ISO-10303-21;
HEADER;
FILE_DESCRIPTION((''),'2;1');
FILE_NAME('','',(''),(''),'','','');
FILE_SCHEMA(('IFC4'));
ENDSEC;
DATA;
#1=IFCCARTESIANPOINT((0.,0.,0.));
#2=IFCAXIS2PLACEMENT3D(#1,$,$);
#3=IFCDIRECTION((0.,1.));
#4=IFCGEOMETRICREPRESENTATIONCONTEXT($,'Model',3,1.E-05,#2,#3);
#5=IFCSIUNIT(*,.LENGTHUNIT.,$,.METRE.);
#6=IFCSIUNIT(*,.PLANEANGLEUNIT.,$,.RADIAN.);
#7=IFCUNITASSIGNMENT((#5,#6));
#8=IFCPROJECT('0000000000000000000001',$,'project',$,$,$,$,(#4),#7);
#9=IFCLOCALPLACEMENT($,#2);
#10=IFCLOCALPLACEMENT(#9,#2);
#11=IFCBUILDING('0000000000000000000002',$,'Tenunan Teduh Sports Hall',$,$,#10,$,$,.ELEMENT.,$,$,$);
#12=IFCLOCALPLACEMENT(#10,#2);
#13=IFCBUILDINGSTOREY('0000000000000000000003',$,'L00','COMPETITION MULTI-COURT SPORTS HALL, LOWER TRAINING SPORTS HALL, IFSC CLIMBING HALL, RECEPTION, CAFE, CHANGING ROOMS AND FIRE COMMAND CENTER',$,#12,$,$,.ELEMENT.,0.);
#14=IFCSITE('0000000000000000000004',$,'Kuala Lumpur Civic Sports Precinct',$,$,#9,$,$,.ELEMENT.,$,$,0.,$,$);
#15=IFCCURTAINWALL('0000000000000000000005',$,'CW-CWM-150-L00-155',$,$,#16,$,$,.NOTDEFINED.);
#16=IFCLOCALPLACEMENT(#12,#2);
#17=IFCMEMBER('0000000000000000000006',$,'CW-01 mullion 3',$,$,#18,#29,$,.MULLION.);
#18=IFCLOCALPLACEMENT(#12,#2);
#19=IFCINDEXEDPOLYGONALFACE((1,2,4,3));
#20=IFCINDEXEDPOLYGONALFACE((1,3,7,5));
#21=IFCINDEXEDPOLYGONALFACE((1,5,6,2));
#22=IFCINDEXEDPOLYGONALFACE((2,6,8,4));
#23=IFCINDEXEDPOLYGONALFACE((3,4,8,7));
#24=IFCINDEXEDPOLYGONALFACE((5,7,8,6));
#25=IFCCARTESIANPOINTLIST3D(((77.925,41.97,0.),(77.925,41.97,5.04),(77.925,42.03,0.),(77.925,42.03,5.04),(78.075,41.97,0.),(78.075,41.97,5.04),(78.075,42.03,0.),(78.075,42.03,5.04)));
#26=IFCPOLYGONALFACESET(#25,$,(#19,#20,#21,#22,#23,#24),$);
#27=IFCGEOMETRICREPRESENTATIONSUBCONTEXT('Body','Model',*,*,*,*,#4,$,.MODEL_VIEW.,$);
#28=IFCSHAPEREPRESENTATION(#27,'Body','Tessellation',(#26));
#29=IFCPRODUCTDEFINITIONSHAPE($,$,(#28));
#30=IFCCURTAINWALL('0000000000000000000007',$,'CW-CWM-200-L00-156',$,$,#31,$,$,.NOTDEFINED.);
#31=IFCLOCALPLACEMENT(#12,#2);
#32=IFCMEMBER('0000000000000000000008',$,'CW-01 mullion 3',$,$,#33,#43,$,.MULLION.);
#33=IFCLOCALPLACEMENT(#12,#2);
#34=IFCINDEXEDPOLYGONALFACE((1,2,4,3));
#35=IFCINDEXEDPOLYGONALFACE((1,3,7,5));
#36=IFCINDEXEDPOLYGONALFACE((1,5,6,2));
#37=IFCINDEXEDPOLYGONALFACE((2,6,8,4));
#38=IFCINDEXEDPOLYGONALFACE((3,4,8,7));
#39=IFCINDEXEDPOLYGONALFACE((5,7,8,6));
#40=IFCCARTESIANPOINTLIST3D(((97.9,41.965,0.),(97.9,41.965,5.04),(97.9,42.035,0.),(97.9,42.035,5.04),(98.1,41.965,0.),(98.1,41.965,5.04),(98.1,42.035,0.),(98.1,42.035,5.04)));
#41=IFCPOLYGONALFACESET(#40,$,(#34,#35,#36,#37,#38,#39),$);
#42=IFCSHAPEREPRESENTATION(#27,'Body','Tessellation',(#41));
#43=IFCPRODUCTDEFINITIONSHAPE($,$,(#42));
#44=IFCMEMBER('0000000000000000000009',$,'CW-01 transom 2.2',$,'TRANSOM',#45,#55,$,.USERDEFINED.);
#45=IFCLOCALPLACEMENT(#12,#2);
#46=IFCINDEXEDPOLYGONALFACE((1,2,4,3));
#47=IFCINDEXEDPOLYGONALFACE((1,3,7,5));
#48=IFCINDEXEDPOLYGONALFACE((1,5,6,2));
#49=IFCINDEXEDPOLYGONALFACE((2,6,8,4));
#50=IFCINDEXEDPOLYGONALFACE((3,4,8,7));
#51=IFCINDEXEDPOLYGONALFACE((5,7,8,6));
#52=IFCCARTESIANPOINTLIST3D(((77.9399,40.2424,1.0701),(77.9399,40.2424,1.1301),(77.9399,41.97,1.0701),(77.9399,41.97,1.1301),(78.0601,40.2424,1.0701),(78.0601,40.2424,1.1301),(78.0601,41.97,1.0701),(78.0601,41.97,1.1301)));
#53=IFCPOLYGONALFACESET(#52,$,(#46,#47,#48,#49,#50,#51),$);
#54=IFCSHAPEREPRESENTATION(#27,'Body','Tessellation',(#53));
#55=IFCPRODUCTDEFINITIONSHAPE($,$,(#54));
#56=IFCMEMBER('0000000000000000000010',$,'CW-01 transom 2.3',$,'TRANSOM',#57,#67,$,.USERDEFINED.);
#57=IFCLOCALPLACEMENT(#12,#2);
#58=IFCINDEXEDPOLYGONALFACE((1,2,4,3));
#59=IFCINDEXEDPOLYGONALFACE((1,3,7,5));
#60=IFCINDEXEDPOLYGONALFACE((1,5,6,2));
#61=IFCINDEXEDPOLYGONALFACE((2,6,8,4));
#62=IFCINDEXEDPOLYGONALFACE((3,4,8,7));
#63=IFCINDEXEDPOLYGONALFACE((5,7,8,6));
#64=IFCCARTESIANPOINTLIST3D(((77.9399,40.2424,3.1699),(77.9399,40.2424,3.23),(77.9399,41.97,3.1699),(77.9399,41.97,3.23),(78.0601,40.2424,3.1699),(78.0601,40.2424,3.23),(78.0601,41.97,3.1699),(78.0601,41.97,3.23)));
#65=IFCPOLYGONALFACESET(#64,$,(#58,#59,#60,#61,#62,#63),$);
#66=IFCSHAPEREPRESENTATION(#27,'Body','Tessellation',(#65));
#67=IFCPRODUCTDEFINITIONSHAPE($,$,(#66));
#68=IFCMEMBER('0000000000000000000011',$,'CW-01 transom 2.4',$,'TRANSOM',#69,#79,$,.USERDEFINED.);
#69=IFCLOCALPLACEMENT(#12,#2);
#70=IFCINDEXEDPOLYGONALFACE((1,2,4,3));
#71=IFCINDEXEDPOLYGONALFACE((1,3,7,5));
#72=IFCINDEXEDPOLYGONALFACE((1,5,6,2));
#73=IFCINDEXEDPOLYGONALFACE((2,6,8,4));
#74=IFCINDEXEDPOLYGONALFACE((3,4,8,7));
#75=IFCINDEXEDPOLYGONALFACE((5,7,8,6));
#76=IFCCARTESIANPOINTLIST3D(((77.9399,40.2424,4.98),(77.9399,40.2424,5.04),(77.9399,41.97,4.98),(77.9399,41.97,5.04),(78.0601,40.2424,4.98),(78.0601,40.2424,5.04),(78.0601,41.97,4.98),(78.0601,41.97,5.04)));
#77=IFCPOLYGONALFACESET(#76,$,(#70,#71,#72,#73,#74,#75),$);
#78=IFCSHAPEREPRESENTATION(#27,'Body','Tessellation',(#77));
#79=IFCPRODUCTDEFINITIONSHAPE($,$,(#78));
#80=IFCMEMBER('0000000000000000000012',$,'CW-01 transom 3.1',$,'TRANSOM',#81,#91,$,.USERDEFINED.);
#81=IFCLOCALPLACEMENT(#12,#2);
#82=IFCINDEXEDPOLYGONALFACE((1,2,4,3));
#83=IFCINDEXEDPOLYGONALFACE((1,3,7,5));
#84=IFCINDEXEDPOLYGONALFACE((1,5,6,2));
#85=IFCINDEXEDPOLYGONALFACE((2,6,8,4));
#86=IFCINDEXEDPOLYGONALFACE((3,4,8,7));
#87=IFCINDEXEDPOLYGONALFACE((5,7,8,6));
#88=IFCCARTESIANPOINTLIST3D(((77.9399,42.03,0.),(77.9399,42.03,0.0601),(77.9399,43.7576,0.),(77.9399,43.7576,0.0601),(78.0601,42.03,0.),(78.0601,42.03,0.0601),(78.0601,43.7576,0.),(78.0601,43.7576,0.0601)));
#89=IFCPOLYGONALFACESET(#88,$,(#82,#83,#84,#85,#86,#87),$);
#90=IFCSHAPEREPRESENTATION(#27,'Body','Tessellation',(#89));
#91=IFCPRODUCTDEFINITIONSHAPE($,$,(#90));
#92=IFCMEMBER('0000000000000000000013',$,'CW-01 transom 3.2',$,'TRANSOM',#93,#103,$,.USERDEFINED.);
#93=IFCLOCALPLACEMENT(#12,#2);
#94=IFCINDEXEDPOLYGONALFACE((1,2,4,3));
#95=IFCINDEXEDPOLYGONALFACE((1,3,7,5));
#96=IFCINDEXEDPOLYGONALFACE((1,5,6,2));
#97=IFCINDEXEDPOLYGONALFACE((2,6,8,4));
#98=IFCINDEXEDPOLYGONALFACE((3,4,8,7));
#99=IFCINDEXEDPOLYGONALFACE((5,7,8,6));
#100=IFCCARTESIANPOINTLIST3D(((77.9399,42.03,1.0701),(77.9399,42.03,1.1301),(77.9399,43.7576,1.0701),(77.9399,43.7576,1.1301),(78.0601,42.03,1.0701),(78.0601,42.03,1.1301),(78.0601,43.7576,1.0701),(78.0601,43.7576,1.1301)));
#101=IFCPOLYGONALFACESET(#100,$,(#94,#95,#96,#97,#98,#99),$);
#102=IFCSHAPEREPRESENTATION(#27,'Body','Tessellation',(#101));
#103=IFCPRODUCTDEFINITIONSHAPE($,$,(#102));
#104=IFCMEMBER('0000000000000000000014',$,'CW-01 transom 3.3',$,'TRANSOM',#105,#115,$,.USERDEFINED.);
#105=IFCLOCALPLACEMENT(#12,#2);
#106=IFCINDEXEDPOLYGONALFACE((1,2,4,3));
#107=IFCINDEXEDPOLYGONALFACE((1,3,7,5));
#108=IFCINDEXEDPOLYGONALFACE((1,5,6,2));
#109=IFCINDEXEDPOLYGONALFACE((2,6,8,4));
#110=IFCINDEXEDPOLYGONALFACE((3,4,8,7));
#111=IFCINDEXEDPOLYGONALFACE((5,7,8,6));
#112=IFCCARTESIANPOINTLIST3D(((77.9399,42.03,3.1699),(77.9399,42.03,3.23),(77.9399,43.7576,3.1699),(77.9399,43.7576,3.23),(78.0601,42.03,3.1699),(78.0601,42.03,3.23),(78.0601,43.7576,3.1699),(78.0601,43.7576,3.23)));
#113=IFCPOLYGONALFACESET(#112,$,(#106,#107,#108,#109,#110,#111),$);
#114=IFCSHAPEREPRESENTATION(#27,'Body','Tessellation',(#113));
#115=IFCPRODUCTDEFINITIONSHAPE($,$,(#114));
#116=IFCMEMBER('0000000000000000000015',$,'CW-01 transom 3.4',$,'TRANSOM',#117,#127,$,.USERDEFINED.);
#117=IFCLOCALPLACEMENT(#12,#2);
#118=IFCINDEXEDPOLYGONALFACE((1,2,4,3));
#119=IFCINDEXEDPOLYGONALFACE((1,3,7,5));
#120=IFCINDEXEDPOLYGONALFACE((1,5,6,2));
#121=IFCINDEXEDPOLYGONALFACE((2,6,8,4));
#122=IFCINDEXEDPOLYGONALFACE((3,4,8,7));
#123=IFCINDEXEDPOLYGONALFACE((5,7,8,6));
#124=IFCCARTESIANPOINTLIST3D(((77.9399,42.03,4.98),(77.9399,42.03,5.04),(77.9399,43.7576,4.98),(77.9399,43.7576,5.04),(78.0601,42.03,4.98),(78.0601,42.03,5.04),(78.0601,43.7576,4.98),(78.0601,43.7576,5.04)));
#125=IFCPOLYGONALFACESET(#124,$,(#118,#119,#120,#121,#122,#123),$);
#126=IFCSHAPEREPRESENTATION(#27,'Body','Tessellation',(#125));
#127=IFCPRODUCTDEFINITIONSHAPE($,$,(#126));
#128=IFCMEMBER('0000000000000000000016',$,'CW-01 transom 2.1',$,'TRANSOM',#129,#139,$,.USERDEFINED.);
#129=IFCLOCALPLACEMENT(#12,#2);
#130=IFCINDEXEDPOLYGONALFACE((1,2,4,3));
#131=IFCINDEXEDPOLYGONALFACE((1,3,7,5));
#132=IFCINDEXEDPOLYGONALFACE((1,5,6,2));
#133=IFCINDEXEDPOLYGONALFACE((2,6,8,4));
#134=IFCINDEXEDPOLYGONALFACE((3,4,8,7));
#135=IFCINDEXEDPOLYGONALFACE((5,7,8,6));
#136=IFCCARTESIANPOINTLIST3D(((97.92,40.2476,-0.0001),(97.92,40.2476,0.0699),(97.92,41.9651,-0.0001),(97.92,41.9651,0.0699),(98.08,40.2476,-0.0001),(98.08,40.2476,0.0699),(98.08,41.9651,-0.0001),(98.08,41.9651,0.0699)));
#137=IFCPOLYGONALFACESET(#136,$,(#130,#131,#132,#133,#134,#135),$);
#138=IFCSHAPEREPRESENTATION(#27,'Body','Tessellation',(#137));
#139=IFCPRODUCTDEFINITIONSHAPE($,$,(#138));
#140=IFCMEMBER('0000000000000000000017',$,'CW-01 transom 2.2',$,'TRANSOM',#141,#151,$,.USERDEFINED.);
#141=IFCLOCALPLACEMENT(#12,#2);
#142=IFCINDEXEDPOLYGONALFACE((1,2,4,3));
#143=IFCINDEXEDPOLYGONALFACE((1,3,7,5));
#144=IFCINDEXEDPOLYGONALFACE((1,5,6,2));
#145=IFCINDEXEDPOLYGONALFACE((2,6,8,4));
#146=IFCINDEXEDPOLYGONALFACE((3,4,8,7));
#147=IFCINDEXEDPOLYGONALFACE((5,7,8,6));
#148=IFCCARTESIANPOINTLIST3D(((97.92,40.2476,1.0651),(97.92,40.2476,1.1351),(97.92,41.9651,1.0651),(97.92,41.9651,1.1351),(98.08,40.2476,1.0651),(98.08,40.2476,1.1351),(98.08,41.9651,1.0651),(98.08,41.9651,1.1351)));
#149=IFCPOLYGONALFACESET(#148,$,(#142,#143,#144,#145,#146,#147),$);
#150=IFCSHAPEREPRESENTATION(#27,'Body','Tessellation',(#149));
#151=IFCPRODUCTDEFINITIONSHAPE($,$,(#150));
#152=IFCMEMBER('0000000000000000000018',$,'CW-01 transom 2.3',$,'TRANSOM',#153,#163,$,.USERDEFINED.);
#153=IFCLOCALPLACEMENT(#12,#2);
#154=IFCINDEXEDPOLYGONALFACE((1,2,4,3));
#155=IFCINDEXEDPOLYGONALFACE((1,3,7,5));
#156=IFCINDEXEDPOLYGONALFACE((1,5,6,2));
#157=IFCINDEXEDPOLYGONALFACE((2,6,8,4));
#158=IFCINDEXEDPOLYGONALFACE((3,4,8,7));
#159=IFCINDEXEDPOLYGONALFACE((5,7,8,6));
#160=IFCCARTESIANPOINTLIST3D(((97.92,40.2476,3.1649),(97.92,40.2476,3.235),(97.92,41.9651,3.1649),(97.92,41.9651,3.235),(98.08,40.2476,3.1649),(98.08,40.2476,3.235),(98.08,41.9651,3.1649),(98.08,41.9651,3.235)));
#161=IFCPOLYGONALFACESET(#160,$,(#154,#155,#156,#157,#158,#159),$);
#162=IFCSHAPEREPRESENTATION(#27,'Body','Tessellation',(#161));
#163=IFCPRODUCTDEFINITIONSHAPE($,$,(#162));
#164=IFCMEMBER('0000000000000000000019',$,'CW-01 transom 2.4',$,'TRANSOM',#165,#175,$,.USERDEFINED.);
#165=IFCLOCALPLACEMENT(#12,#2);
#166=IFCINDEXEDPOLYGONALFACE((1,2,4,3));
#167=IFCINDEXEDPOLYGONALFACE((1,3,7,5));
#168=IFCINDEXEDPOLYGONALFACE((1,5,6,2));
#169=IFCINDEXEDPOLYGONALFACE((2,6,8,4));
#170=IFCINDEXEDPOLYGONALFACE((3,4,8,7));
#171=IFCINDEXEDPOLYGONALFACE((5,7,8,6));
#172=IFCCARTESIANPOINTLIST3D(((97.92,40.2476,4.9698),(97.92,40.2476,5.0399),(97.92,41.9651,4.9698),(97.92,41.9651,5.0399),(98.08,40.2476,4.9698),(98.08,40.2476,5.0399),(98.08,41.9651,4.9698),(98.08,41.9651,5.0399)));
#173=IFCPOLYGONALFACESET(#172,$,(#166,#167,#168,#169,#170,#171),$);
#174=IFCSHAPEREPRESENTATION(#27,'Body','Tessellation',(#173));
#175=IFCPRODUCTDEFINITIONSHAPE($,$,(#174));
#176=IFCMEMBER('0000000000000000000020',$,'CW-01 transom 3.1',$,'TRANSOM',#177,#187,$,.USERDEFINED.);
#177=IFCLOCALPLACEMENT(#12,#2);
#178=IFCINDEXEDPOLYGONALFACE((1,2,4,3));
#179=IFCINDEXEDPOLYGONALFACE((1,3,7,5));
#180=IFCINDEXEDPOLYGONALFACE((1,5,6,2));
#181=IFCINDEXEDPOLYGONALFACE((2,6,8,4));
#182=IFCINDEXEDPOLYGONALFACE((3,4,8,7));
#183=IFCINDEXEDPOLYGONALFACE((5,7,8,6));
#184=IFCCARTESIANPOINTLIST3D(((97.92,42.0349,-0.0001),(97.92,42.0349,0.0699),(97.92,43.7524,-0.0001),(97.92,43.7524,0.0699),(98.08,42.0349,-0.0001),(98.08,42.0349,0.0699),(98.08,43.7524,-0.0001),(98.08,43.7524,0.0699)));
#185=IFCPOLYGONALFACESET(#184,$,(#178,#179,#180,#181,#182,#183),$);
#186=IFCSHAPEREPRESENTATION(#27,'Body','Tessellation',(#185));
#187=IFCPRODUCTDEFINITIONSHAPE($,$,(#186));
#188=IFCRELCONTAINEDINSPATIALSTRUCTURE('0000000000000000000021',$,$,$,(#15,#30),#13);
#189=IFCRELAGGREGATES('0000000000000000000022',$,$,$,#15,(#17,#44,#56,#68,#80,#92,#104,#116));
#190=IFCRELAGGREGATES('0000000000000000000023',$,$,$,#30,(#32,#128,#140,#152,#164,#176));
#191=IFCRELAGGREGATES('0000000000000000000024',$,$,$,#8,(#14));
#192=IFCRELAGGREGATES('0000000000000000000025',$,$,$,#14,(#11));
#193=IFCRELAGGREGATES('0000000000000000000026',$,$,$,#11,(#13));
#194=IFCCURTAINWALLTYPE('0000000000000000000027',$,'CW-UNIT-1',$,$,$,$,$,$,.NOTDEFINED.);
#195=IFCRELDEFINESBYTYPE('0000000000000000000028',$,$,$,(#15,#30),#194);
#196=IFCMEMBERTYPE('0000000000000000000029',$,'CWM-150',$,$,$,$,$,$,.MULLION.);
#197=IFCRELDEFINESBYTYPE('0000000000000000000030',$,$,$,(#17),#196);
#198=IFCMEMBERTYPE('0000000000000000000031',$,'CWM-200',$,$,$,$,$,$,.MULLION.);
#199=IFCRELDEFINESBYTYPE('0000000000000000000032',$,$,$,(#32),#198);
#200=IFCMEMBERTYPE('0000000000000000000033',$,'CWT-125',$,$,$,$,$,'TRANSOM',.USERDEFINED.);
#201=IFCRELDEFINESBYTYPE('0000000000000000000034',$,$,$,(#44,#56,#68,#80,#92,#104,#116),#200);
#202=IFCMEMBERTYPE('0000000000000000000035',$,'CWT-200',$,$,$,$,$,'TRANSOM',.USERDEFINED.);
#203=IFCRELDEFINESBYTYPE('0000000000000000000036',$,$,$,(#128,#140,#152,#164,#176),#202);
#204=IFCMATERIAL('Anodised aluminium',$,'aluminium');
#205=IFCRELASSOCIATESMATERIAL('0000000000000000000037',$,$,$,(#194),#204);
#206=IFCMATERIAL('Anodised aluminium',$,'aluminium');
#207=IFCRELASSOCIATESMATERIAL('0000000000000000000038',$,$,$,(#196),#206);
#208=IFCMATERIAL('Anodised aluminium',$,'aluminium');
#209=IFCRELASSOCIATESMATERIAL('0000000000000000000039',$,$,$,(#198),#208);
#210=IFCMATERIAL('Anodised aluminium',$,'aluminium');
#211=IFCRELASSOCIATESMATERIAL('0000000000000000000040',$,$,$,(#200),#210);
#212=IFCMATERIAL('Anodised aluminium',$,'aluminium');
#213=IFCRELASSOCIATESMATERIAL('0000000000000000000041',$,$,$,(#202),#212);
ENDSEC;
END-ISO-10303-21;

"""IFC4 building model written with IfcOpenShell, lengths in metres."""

from ifc_helpers import new_model, si_unit, direction, frame, origin, origin_2d, place, context, subcontext, project, spatial, rectangle, extrude, material, material_profile, profile_set, type_object, element, aggregate, save


model = new_model("IFC4")

# Units and contexts
model_context = context("Model", 3, precision=1e-05, world=origin(), true_north=direction((0.0, 1.0)))
body_context = subcontext(model_context, "Body", "Model", "MODEL_VIEW")
ifc_project = project(units=[si_unit("LENGTHUNIT", "METRE"), si_unit("PLANEANGLEUNIT", "RADIAN")], contexts=[model_context])

# Site, building, storey
site_placement = place(None, origin())
site = spatial("IfcSite", under=ifc_project, at=site_placement, Name="Kuala Lumpur Civic Sports Precinct", CompositionType="ELEMENT", RefElevation=0.0)
building_placement = place(site_placement, origin())
building = spatial("IfcBuilding", under=site, at=building_placement, Name="Tenunan Teduh Sports Hall", CompositionType="ELEMENT")
storey_placement = place(building_placement, origin())
storey = spatial("IfcBuildingStorey", under=building, at=storey_placement, Name="L00", Description="COMPETITION MULTI-COURT SPORTS HALL, LOWER TRAINING SPORTS HALL, IFSC CLIMBING HALL, RECEPTION, CAFE, CHANGING ROOMS AND FIRE COMMAND CENTER", CompositionType="ELEMENT", Elevation=0.0)

# Curtain walls, members
ifc_material_1 = material(Name="Anodised aluminium", Category="aluminium")
curtain_wall_type = type_object("IfcCurtainWallType", Name="CW-UNIT-1", PredefinedType="NOTDEFINED", material=ifc_material_1)
curtain_wall_1_placement = place(storey_placement, origin())
curtain_wall_1 = element("IfcCurtainWall", 1, at=curtain_wall_1_placement, inside=storey, type_object=curtain_wall_type, Name="CW-CWM-150-L00-155", PredefinedType="NOTDEFINED")
ifc_material_2 = material(Name="Anodised aluminium", Category="aluminium")
ifc_material_profile_1 = material_profile(ifc_material_2, rectangle(XDim=0.0601, YDim=0.1499, at=origin_2d()), Name="CWM 60x150")
ifc_profile_set_1 = profile_set([ifc_material_profile_1], Name="Anodised aluminium")
member_type_1 = type_object("IfcMemberType", Name="CWM-150", PredefinedType="MULLION", material=ifc_profile_set_1)
member_1_placement = place(storey_placement, frame((78.0, 42.0, 0.0), z_axis=(0.0, 0.0, 1.0), x_axis=(0.0, 1.0, 0.0)))
member_1 = element("IfcMember", 2, at=member_1_placement, type_object=member_type_1, Name="CW-01 mullion 3", PredefinedType="MULLION", context=body_context, shape_type="SweptSolid", body=[
    extrude(rectangle(XDim=0.0601, YDim=0.1499, at=origin_2d()), origin(), (0.0, 0.0, 1.0), 5.04),
])
curtain_wall_2_placement = place(storey_placement, origin())
curtain_wall_2 = element("IfcCurtainWall", 3, at=curtain_wall_2_placement, inside=storey, type_object=curtain_wall_type, Name="CW-CWM-200-L00-156", PredefinedType="NOTDEFINED")
ifc_material_3 = material(Name="Anodised aluminium", Category="aluminium")
ifc_material_profile_2 = material_profile(ifc_material_3, rectangle(XDim=0.0701, YDim=0.2, at=origin_2d()), Name="CWM 70x200")
ifc_profile_set_2 = profile_set([ifc_material_profile_2], Name="Anodised aluminium")
member_type_2 = type_object("IfcMemberType", Name="CWM-200", PredefinedType="MULLION", material=ifc_profile_set_2)
member_2_placement = place(storey_placement, frame((98.0, 42.0, 0.0), z_axis=(0.0, 0.0, 1.0), x_axis=(0.0, 1.0, 0.0)))
member_2 = element("IfcMember", 4, at=member_2_placement, type_object=member_type_2, Name="CW-01 mullion 3", PredefinedType="MULLION", context=body_context, shape_type="SweptSolid", body=[
    extrude(rectangle(XDim=0.0701, YDim=0.2, at=origin_2d()), origin(), (0.0, 0.0, 1.0), 5.04),
])

# Members
ifc_material_4 = material(Name="Anodised aluminium", Category="aluminium")
ifc_material_profile_3 = material_profile(ifc_material_4, rectangle(XDim=0.0601, YDim=0.1201, at=origin_2d()), Name="CWT 60x120")
ifc_profile_set_3 = profile_set([ifc_material_profile_3], Name="Anodised aluminium")
member_type_3 = type_object("IfcMemberType", Name="CWT-125", ElementType="TRANSOM", PredefinedType="USERDEFINED", material=ifc_profile_set_3)
member_3_placement = place(storey_placement, frame((78.0, 40.2424, 1.1001), z_axis=(0.0, 1.0, 0.0), x_axis=(0.0, 0.0, 1.0)))
member_3 = element("IfcMember", 5, at=member_3_placement, type_object=member_type_3, Name="CW-01 transom 2.2", ObjectType="TRANSOM", PredefinedType="USERDEFINED", context=body_context, shape_type="SweptSolid", body=[
    extrude(rectangle(XDim=0.0601, YDim=0.1201, at=origin_2d()), origin(), (0.0, 0.0, 1.0), 1.7275),
])
member_4_placement = place(storey_placement, frame((78.0, 40.2424, 3.2), z_axis=(0.0, 1.0, 0.0), x_axis=(0.0, 0.0, 1.0)))
member_4 = element("IfcMember", 6, at=member_4_placement, type_object=member_type_3, Name="CW-01 transom 2.3", ObjectType="TRANSOM", PredefinedType="USERDEFINED", context=body_context, shape_type="SweptSolid", body=[
    extrude(rectangle(XDim=0.0601, YDim=0.1201, at=origin_2d()), origin(), (0.0, 0.0, 1.0), 1.7275),
])
member_5_placement = place(storey_placement, frame((78.0, 40.2424, 5.01), z_axis=(0.0, 1.0, 0.0), x_axis=(0.0, 0.0, 1.0)))
member_5 = element("IfcMember", 7, at=member_5_placement, type_object=member_type_3, Name="CW-01 transom 2.4", ObjectType="TRANSOM", PredefinedType="USERDEFINED", context=body_context, shape_type="SweptSolid", body=[
    extrude(rectangle(XDim=0.0601, YDim=0.1201, at=origin_2d()), origin(), (0.0, 0.0, 1.0), 1.7275),
])
member_6_placement = place(storey_placement, frame((78.0, 42.03, 0.03), z_axis=(0.0, 1.0, 0.0), x_axis=(0.0, 0.0, 1.0)))
member_6 = element("IfcMember", 8, at=member_6_placement, type_object=member_type_3, Name="CW-01 transom 3.1", ObjectType="TRANSOM", PredefinedType="USERDEFINED", context=body_context, shape_type="SweptSolid", body=[
    extrude(rectangle(XDim=0.0601, YDim=0.1201, at=origin_2d()), origin(), (0.0, 0.0, 1.0), 1.7275),
])
member_7_placement = place(storey_placement, frame((78.0, 42.03, 1.1001), z_axis=(0.0, 1.0, 0.0), x_axis=(0.0, 0.0, 1.0)))
member_7 = element("IfcMember", 9, at=member_7_placement, type_object=member_type_3, Name="CW-01 transom 3.2", ObjectType="TRANSOM", PredefinedType="USERDEFINED", context=body_context, shape_type="SweptSolid", body=[
    extrude(rectangle(XDim=0.0601, YDim=0.1201, at=origin_2d()), origin(), (0.0, 0.0, 1.0), 1.7275),
])
member_8_placement = place(storey_placement, frame((78.0, 42.03, 3.2), z_axis=(0.0, 1.0, 0.0), x_axis=(0.0, 0.0, 1.0)))
member_8 = element("IfcMember", 10, at=member_8_placement, type_object=member_type_3, Name="CW-01 transom 3.3", ObjectType="TRANSOM", PredefinedType="USERDEFINED", context=body_context, shape_type="SweptSolid", body=[
    extrude(rectangle(XDim=0.0601, YDim=0.1201, at=origin_2d()), origin(), (0.0, 0.0, 1.0), 1.7275),
])
member_9_placement = place(storey_placement, frame((78.0, 42.03, 5.01), z_axis=(0.0, 1.0, 0.0), x_axis=(0.0, 0.0, 1.0)))
member_9 = element("IfcMember", 11, at=member_9_placement, type_object=member_type_3, Name="CW-01 transom 3.4", ObjectType="TRANSOM", PredefinedType="USERDEFINED", context=body_context, shape_type="SweptSolid", body=[
    extrude(rectangle(XDim=0.0601, YDim=0.1201, at=origin_2d()), origin(), (0.0, 0.0, 1.0), 1.7275),
])
ifc_material_5 = material(Name="Anodised aluminium", Category="aluminium")
ifc_material_profile_4 = material_profile(ifc_material_5, rectangle(XDim=0.0701, YDim=0.1599, at=origin_2d()), Name="CWT 70x160")
ifc_profile_set_4 = profile_set([ifc_material_profile_4], Name="Anodised aluminium")
member_type_4 = type_object("IfcMemberType", Name="CWT-200", ElementType="TRANSOM", PredefinedType="USERDEFINED", material=ifc_profile_set_4)
member_10_placement = place(storey_placement, frame((98.0, 40.2476, 0.0349), z_axis=(0.0, 1.0, 0.0), x_axis=(0.0, 0.0, 1.0)))
member_10 = element("IfcMember", 12, at=member_10_placement, type_object=member_type_4, Name="CW-01 transom 2.1", ObjectType="TRANSOM", PredefinedType="USERDEFINED", context=body_context, shape_type="SweptSolid", body=[
    extrude(rectangle(XDim=0.0701, YDim=0.1599, at=origin_2d()), origin(), (0.0, 0.0, 1.0), 1.7175),
])
member_11_placement = place(storey_placement, frame((98.0, 40.2476, 1.1001), z_axis=(0.0, 1.0, 0.0), x_axis=(0.0, 0.0, 1.0)))
member_11 = element("IfcMember", 13, at=member_11_placement, type_object=member_type_4, Name="CW-01 transom 2.2", ObjectType="TRANSOM", PredefinedType="USERDEFINED", context=body_context, shape_type="SweptSolid", body=[
    extrude(rectangle(XDim=0.0701, YDim=0.1599, at=origin_2d()), origin(), (0.0, 0.0, 1.0), 1.7175),
])
member_12_placement = place(storey_placement, frame((98.0, 40.2476, 3.2), z_axis=(0.0, 1.0, 0.0), x_axis=(0.0, 0.0, 1.0)))
member_12 = element("IfcMember", 14, at=member_12_placement, type_object=member_type_4, Name="CW-01 transom 2.3", ObjectType="TRANSOM", PredefinedType="USERDEFINED", context=body_context, shape_type="SweptSolid", body=[
    extrude(rectangle(XDim=0.0701, YDim=0.1599, at=origin_2d()), origin(), (0.0, 0.0, 1.0), 1.7175),
])
member_13_placement = place(storey_placement, frame((98.0, 40.2476, 5.0049), z_axis=(0.0, 1.0, 0.0), x_axis=(0.0, 0.0, 1.0)))
member_13 = element("IfcMember", 15, at=member_13_placement, type_object=member_type_4, Name="CW-01 transom 2.4", ObjectType="TRANSOM", PredefinedType="USERDEFINED", context=body_context, shape_type="SweptSolid", body=[
    extrude(rectangle(XDim=0.0701, YDim=0.1599, at=origin_2d()), origin(), (0.0, 0.0, 1.0), 1.7175),
])
member_14_placement = place(storey_placement, frame((98.0, 42.0349, 0.0349), z_axis=(0.0, 1.0, 0.0), x_axis=(0.0, 0.0, 1.0)))
member_14 = element("IfcMember", 16, at=member_14_placement, type_object=member_type_4, Name="CW-01 transom 3.1", ObjectType="TRANSOM", PredefinedType="USERDEFINED", context=body_context, shape_type="SweptSolid", body=[
    extrude(rectangle(XDim=0.0701, YDim=0.1599, at=origin_2d()), origin(), (0.0, 0.0, 1.0), 1.7175),
])

aggregate(curtain_wall_1, [member_1, member_3, member_4, member_5, member_6, member_7, member_8, member_9])
aggregate(curtain_wall_2, [member_2, member_10, member_11, member_12, member_13, member_14])

save(model, "model.ifc")
